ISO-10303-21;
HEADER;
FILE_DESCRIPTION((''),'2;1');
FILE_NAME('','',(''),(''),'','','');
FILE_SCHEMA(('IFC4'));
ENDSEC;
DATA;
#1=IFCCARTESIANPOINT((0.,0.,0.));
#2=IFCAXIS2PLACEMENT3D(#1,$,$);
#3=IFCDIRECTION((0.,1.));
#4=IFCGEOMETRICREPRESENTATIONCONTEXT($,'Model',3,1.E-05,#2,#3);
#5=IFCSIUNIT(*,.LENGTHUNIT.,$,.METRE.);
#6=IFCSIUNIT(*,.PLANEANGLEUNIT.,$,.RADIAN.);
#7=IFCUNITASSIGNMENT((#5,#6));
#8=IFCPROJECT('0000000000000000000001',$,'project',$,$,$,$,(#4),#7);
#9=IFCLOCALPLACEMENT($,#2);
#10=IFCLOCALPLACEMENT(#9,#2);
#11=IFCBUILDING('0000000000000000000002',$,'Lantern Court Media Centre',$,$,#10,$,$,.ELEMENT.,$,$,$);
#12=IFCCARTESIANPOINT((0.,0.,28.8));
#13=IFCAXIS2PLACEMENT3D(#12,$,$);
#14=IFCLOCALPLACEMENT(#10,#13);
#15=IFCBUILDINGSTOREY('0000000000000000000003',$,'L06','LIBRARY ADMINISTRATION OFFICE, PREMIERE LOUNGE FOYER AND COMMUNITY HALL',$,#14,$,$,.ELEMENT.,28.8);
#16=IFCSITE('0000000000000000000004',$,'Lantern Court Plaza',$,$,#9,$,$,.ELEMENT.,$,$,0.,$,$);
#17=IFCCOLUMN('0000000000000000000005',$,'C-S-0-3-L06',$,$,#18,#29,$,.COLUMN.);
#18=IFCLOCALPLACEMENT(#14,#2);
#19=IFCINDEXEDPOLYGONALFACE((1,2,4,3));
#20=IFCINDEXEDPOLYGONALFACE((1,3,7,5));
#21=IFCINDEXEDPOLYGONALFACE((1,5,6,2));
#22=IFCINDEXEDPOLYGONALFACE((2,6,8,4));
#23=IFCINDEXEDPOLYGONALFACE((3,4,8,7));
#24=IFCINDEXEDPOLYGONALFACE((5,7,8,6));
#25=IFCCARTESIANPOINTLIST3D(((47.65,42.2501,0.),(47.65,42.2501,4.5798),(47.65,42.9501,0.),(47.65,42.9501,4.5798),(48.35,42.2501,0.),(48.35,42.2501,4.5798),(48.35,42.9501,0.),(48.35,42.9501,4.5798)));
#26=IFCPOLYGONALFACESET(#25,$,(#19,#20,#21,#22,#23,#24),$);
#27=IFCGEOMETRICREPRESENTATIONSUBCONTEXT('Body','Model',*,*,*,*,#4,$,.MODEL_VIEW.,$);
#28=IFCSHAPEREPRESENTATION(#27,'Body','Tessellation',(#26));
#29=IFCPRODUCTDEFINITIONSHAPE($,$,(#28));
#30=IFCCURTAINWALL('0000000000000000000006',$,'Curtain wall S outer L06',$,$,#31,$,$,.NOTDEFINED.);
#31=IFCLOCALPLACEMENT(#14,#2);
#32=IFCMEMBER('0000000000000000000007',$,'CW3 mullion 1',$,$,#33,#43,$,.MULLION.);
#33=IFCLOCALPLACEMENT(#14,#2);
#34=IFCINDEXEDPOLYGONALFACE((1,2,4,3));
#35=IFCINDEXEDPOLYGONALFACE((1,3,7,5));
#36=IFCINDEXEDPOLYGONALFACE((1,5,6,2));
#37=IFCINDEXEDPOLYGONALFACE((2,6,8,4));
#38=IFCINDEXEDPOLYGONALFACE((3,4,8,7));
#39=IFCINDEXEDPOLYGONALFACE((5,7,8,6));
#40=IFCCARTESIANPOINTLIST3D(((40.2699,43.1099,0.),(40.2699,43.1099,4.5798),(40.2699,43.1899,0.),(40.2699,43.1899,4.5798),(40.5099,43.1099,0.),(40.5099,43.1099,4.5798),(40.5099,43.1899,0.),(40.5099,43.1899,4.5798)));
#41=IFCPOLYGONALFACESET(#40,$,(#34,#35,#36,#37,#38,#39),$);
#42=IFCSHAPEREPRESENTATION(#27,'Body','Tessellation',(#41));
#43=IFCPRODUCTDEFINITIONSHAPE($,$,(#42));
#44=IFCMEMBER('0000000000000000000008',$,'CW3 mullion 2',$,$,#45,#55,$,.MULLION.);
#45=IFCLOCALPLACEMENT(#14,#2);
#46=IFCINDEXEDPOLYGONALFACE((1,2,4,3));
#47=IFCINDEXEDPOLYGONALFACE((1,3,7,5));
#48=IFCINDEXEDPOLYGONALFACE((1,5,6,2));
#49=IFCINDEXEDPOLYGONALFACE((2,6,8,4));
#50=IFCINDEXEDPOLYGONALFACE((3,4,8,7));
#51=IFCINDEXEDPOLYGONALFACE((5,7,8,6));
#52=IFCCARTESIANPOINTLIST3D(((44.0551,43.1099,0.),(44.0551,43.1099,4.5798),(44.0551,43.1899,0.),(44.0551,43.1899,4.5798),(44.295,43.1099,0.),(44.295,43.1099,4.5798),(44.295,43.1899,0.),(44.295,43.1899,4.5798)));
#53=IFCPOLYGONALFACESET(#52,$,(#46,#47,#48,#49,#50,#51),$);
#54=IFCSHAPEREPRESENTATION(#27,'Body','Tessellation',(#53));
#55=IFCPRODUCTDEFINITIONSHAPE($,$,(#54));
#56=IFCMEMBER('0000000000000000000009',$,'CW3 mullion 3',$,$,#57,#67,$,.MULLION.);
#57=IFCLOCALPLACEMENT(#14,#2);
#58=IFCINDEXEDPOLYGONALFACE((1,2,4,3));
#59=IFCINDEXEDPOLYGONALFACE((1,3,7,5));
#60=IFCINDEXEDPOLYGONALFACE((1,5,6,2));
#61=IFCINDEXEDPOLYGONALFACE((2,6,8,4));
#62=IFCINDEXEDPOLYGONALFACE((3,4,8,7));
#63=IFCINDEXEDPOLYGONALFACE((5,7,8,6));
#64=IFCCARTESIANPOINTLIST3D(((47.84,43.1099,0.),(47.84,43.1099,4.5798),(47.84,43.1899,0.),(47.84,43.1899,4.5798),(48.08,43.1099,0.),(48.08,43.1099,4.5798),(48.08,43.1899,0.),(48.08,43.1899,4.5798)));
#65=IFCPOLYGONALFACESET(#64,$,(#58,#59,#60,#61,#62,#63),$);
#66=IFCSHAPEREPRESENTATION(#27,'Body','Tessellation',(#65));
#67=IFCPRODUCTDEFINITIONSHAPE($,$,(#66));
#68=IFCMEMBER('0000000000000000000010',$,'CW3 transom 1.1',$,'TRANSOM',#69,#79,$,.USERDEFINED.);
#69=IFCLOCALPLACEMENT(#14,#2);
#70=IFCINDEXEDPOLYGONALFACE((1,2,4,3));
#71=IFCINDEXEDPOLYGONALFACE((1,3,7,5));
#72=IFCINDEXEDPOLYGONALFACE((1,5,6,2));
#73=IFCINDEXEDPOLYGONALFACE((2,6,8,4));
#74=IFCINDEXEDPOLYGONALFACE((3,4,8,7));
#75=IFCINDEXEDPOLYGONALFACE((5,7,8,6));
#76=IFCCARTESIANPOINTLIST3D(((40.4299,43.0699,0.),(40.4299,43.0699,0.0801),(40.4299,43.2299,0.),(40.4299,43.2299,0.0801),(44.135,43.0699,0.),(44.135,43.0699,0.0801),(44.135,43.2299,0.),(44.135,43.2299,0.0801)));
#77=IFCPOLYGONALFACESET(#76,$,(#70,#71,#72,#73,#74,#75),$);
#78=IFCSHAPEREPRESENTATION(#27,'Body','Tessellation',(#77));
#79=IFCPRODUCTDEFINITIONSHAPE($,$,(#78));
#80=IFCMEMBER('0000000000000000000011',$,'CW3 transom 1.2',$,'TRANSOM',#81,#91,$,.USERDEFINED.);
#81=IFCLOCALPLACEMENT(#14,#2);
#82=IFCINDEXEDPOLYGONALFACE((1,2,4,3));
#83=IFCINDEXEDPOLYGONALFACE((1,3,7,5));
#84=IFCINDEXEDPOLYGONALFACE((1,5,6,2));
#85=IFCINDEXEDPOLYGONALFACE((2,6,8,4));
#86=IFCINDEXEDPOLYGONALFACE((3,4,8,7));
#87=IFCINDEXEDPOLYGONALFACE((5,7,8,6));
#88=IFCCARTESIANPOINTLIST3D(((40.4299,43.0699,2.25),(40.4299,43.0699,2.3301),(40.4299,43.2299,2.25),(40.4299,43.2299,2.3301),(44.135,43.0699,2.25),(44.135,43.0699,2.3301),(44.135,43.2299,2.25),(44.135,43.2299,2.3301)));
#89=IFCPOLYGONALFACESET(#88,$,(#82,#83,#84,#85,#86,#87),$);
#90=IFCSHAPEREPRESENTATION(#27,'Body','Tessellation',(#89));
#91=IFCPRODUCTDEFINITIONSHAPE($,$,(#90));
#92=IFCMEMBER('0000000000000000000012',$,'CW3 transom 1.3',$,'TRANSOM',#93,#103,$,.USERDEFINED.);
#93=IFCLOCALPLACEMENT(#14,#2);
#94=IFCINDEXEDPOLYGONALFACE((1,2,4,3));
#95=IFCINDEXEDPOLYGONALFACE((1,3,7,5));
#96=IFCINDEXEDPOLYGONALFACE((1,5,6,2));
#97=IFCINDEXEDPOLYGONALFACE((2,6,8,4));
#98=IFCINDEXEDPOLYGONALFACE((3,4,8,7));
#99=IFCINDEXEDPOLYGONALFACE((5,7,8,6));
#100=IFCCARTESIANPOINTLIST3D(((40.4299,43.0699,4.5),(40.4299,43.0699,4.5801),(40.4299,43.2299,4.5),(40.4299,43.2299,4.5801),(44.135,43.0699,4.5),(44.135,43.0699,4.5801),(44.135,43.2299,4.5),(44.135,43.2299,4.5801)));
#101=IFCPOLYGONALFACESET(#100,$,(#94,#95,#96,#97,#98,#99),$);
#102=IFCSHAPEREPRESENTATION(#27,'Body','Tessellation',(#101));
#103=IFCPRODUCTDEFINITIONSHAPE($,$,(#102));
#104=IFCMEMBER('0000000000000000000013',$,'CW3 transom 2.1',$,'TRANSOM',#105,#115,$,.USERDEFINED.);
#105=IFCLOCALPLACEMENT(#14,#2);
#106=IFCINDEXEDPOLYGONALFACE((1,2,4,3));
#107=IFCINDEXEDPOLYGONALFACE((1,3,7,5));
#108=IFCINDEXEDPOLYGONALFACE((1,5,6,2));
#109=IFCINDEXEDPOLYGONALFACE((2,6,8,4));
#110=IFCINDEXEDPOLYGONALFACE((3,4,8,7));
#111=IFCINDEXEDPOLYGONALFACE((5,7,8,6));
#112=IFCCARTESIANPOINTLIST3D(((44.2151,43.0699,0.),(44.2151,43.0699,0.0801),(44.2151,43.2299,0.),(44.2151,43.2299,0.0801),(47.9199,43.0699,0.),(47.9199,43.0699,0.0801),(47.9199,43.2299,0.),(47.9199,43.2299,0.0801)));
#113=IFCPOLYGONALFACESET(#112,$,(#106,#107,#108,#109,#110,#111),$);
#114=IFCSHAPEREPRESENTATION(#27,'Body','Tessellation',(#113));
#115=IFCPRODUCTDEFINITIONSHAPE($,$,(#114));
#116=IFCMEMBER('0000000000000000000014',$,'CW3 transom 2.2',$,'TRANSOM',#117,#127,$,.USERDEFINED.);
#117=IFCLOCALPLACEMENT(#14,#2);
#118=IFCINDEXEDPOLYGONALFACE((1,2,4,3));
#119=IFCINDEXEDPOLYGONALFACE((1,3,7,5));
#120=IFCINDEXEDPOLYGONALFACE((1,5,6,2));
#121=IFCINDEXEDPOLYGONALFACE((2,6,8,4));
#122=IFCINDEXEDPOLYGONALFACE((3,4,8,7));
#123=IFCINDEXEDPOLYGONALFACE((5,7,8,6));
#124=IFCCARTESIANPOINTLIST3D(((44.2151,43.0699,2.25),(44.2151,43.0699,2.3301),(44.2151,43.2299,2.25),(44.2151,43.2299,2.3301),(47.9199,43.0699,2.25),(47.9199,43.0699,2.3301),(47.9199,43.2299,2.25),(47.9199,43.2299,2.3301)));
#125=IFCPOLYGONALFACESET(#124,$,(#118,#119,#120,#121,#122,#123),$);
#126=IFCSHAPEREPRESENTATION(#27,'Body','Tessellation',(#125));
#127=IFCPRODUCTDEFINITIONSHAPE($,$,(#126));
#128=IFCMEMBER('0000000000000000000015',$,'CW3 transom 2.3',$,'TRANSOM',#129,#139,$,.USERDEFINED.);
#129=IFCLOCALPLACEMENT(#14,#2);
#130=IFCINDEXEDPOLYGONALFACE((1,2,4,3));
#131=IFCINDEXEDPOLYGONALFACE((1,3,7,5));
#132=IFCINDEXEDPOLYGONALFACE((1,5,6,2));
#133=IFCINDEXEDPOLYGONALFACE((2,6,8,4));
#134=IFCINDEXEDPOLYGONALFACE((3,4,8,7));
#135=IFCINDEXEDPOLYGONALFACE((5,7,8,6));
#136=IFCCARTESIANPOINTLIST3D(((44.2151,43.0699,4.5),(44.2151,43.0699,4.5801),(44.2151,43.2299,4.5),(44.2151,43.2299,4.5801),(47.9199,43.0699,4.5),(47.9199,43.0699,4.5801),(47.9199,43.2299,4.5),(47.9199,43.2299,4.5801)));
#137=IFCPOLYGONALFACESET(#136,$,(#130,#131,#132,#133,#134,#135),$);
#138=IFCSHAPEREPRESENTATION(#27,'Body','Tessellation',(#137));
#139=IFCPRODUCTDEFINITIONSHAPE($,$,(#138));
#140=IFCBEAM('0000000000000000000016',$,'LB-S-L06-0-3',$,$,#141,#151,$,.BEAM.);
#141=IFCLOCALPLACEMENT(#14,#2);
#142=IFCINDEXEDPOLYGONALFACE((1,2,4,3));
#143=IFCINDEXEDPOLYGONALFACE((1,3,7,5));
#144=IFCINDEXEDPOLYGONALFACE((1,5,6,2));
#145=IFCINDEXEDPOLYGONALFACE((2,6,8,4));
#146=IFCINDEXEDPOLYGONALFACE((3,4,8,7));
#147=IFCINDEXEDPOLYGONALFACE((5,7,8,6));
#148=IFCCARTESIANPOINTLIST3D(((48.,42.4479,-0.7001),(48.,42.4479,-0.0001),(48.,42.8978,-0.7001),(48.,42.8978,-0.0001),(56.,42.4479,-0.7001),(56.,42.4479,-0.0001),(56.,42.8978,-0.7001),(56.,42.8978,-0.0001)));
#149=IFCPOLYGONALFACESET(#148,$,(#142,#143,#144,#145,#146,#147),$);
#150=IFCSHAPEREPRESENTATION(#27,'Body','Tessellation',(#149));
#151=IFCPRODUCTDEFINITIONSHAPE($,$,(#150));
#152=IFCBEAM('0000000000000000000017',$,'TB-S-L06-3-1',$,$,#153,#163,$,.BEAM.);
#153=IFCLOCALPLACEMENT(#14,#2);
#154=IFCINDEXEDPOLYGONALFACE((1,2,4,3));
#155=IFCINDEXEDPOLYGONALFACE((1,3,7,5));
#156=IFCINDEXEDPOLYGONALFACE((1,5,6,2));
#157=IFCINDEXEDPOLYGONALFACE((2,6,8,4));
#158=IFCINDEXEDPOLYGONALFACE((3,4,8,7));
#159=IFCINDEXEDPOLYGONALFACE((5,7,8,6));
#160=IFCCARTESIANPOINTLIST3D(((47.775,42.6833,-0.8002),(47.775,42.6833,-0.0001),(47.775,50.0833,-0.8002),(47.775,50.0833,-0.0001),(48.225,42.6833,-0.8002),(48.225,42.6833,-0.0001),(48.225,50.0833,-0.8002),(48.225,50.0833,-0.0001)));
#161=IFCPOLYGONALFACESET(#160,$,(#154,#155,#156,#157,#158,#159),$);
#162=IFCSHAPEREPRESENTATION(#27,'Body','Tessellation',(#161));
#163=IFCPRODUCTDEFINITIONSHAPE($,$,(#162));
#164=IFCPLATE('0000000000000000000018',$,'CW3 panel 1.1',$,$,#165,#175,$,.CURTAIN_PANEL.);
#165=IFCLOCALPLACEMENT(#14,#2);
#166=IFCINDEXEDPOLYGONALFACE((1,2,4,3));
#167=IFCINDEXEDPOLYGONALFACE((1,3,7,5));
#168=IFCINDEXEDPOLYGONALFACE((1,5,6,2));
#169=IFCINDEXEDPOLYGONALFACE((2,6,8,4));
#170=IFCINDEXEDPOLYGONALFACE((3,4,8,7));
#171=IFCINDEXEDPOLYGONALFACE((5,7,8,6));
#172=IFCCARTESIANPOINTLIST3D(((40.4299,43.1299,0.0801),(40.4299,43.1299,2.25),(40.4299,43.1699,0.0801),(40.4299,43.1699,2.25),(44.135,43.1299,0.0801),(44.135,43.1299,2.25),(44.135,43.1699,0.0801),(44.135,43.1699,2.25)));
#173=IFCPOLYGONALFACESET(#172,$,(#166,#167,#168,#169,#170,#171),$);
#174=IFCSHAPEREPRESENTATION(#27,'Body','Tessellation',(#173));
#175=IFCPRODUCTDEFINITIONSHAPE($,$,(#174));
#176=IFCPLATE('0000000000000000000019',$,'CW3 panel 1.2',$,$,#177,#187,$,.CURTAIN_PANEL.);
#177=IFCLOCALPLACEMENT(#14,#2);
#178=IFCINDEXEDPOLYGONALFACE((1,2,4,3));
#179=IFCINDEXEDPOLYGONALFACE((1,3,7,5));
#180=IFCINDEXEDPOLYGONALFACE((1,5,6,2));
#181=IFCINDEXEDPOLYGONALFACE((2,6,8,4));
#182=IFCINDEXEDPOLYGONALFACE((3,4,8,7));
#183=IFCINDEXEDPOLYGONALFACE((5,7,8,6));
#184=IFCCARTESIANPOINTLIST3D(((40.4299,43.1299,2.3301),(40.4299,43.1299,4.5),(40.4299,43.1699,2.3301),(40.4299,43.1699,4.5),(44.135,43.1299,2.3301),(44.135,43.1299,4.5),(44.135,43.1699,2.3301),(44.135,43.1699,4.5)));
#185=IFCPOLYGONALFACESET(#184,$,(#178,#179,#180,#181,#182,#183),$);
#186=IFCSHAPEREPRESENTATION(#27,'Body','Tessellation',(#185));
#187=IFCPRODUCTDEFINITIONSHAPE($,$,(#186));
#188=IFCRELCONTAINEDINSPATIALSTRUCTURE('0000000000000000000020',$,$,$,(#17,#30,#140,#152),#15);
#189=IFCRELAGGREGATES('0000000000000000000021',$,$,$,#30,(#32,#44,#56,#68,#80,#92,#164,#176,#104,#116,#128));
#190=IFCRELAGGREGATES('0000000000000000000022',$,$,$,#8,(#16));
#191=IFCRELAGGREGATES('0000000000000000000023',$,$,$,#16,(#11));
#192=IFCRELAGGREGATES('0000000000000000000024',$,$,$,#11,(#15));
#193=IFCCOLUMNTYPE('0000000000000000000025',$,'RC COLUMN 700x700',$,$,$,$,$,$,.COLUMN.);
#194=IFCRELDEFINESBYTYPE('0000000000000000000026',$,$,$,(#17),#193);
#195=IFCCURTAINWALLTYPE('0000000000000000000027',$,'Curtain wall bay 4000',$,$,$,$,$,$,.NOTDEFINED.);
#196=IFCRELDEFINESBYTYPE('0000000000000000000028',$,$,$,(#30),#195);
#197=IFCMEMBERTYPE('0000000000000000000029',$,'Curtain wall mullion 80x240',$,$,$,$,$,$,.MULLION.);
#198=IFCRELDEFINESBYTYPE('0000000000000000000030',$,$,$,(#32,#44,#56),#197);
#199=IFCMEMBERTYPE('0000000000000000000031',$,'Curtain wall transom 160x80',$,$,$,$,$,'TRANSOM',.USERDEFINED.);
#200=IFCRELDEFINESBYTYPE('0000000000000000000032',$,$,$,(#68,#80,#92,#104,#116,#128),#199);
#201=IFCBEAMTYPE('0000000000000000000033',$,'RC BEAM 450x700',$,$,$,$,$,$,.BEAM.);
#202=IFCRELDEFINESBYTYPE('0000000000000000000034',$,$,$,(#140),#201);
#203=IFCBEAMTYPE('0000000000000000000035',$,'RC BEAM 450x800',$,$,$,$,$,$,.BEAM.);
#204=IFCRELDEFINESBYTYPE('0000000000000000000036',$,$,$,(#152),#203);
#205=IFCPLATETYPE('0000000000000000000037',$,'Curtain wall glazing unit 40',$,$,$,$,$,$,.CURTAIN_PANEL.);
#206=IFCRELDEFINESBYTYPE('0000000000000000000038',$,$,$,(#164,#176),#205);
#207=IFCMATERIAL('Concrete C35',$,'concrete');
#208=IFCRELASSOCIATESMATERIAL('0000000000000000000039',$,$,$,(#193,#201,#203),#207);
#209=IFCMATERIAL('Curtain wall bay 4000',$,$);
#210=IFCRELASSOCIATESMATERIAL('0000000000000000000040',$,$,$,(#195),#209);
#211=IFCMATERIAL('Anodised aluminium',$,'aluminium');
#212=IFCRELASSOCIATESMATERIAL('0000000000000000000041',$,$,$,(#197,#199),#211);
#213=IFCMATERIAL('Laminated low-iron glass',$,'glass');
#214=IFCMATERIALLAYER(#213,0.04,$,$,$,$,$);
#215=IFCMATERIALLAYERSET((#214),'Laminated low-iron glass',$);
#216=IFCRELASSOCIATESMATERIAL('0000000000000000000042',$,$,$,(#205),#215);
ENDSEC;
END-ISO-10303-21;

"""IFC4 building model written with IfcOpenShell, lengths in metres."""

from ifc_helpers import new_model, si_unit, direction, frame, origin, origin_2d, place, context, subcontext, project, spatial, rectangle, extrude, material, layer, layer_set, material_profile, profile_set, type_object, element, aggregate, save


model = new_model("IFC4")

# Units and contexts
model_context = context("Model", 3, precision=1e-05, world=origin(), true_north=direction((0.0, 1.0)))
body_context = subcontext(model_context, "Body", "Model", "MODEL_VIEW")
ifc_project = project(units=[si_unit("LENGTHUNIT", "METRE"), si_unit("PLANEANGLEUNIT", "RADIAN")], contexts=[model_context])

# Site, building, storey
site_placement = place(None, origin())
site = spatial("IfcSite", under=ifc_project, at=site_placement, Name="Lantern Court Plaza", CompositionType="ELEMENT", RefElevation=0.0)
building_placement = place(site_placement, origin())
building = spatial("IfcBuilding", under=site, at=building_placement, Name="Lantern Court Media Centre", CompositionType="ELEMENT")
storey_placement = place(building_placement, frame((0.0, 0.0, 28.8)))
storey = spatial("IfcBuildingStorey", under=building, at=storey_placement, Name="L06", Description="LIBRARY ADMINISTRATION OFFICE, PREMIERE LOUNGE FOYER AND COMMUNITY HALL", CompositionType="ELEMENT", Elevation=28.8)

# Column
ifc_material_1 = material(Name="Concrete C35", Category="concrete")
ifc_material_profile_1 = material_profile(ifc_material_1, rectangle(XDim=0.7, YDim=0.7, at=origin_2d()), Name="RC 700x700")
ifc_profile_set_1 = profile_set([ifc_material_profile_1], Name="Concrete C35")
column_type = type_object("IfcColumnType", Name="RC COLUMN 700x700", PredefinedType="COLUMN", material=ifc_profile_set_1)
column_placement = place(storey_placement, frame((48.0, 42.6001, 0.0), z_axis=(0.0, 0.0, 1.0), x_axis=(1.0, 0.0, 0.0)))
element("IfcColumn", 1, at=column_placement, inside=storey, type_object=column_type, Name="C-S-0-3-L06", PredefinedType="COLUMN", context=body_context, shape_type="SweptSolid", body=[
    extrude(rectangle(XDim=0.7, YDim=0.7, at=origin_2d()), origin(), (0.0, 0.0, 1.0), 4.5798),
])

# Curtain wall, members
ifc_material_2 = material(Name="Curtain wall bay 4000")
curtain_wall_type = type_object("IfcCurtainWallType", Name="Curtain wall bay 4000", PredefinedType="NOTDEFINED", material=ifc_material_2)
curtain_wall_placement = place(storey_placement, origin())
curtain_wall = element("IfcCurtainWall", 2, at=curtain_wall_placement, inside=storey, type_object=curtain_wall_type, Name="Curtain wall S outer L06", PredefinedType="NOTDEFINED")
ifc_material_3 = material(Name="Anodised aluminium", Category="aluminium")
ifc_material_profile_2 = material_profile(ifc_material_3, rectangle(XDim=0.0801, YDim=0.24, at=origin_2d()), Name="AL 80x240")
ifc_profile_set_2 = profile_set([ifc_material_profile_2], Name="Anodised aluminium")
member_type_1 = type_object("IfcMemberType", Name="Curtain wall mullion 80x240", PredefinedType="MULLION", material=ifc_profile_set_2)
member_1_placement = place(storey_placement, frame((40.3899, 43.1499, 0.0), z_axis=(0.0, 0.0, 1.0), x_axis=(0.0, 1.0, 0.0)))
member_1 = element("IfcMember", 3, at=member_1_placement, type_object=member_type_1, Name="CW3 mullion 1", PredefinedType="MULLION", context=body_context, shape_type="SweptSolid", body=[
    extrude(rectangle(XDim=0.0801, YDim=0.24, at=origin_2d()), origin(), (0.0, 0.0, 1.0), 4.5798),
])
member_2_placement = place(storey_placement, frame((44.175, 43.1499, 0.0), z_axis=(0.0, 0.0, 1.0), x_axis=(0.0, 1.0, 0.0)))
member_2 = element("IfcMember", 4, at=member_2_placement, type_object=member_type_1, Name="CW3 mullion 2", PredefinedType="MULLION", context=body_context, shape_type="SweptSolid", body=[
    extrude(rectangle(XDim=0.0801, YDim=0.24, at=origin_2d()), origin(), (0.0, 0.0, 1.0), 4.5798),
])
member_3_placement = place(storey_placement, frame((47.96, 43.1499, 0.0), z_axis=(0.0, 0.0, 1.0), x_axis=(0.0, 1.0, 0.0)))
member_3 = element("IfcMember", 5, at=member_3_placement, type_object=member_type_1, Name="CW3 mullion 3", PredefinedType="MULLION", context=body_context, shape_type="SweptSolid", body=[
    extrude(rectangle(XDim=0.0801, YDim=0.24, at=origin_2d()), origin(), (0.0, 0.0, 1.0), 4.5798),
])
ifc_material_profile_3 = material_profile(ifc_material_3, rectangle(XDim=0.1599, YDim=0.0801, at=origin_2d()), Name="AL 80x160")
ifc_profile_set_3 = profile_set([ifc_material_profile_3], Name="Anodised aluminium")
member_type_2 = type_object("IfcMemberType", Name="Curtain wall transom 160x80", ElementType="TRANSOM", PredefinedType="USERDEFINED", material=ifc_profile_set_3)
member_4_placement = place(storey_placement, frame((40.4299, 43.1499, 0.04), z_axis=(1.0, 0.0, 0.0), x_axis=(0.0, 1.0, 0.0)))
member_4 = element("IfcMember", 6, at=member_4_placement, type_object=member_type_2, Name="CW3 transom 1.1", ObjectType="TRANSOM", PredefinedType="USERDEFINED", context=body_context, shape_type="SweptSolid", body=[
    extrude(rectangle(XDim=0.1599, YDim=0.0801, at=origin_2d()), origin(), (0.0, 0.0, 1.0), 3.7051),
])
member_5_placement = place(storey_placement, frame((40.4299, 43.1499, 2.29), z_axis=(1.0, 0.0, 0.0), x_axis=(0.0, 1.0, 0.0)))
member_5 = element("IfcMember", 7, at=member_5_placement, type_object=member_type_2, Name="CW3 transom 1.2", ObjectType="TRANSOM", PredefinedType="USERDEFINED", context=body_context, shape_type="SweptSolid", body=[
    extrude(rectangle(XDim=0.1599, YDim=0.0801, at=origin_2d()), origin(), (0.0, 0.0, 1.0), 3.7051),
])
member_6_placement = place(storey_placement, frame((40.4299, 43.1499, 4.54), z_axis=(1.0, 0.0, 0.0), x_axis=(0.0, 1.0, 0.0)))
member_6 = element("IfcMember", 8, at=member_6_placement, type_object=member_type_2, Name="CW3 transom 1.3", ObjectType="TRANSOM", PredefinedType="USERDEFINED", context=body_context, shape_type="SweptSolid", body=[
    extrude(rectangle(XDim=0.1599, YDim=0.0801, at=origin_2d()), origin(), (0.0, 0.0, 1.0), 3.7051),
])
member_7_placement = place(storey_placement, frame((44.2151, 43.1499, 0.04), z_axis=(1.0, 0.0, 0.0), x_axis=(0.0, 1.0, 0.0)))
member_7 = element("IfcMember", 9, at=member_7_placement, type_object=member_type_2, Name="CW3 transom 2.1", ObjectType="TRANSOM", PredefinedType="USERDEFINED", context=body_context, shape_type="SweptSolid", body=[
    extrude(rectangle(XDim=0.1599, YDim=0.0801, at=origin_2d()), origin(), (0.0, 0.0, 1.0), 3.7048),
])
member_8_placement = place(storey_placement, frame((44.2151, 43.1499, 2.29), z_axis=(1.0, 0.0, 0.0), x_axis=(0.0, 1.0, 0.0)))
member_8 = element("IfcMember", 10, at=member_8_placement, type_object=member_type_2, Name="CW3 transom 2.2", ObjectType="TRANSOM", PredefinedType="USERDEFINED", context=body_context, shape_type="SweptSolid", body=[
    extrude(rectangle(XDim=0.1599, YDim=0.0801, at=origin_2d()), origin(), (0.0, 0.0, 1.0), 3.7048),
])
member_9_placement = place(storey_placement, frame((44.2151, 43.1499, 4.54), z_axis=(1.0, 0.0, 0.0), x_axis=(0.0, 1.0, 0.0)))
member_9 = element("IfcMember", 11, at=member_9_placement, type_object=member_type_2, Name="CW3 transom 2.3", ObjectType="TRANSOM", PredefinedType="USERDEFINED", context=body_context, shape_type="SweptSolid", body=[
    extrude(rectangle(XDim=0.1599, YDim=0.0801, at=origin_2d()), origin(), (0.0, 0.0, 1.0), 3.7048),
])

# Beams
ifc_material_profile_4 = material_profile(ifc_material_1, rectangle(XDim=0.45, YDim=0.7, at=origin_2d()), Name="RC 450x700")
ifc_profile_set_4 = profile_set([ifc_material_profile_4], Name="Concrete C35")
beam_type_1 = type_object("IfcBeamType", Name="RC BEAM 450x700", PredefinedType="BEAM", material=ifc_profile_set_4)
beam_1_placement = place(storey_placement, frame((48.0, 42.6729, -0.3501), z_axis=(1.0, 0.0, 0.0), x_axis=(0.0, 1.0, 0.0)))
element("IfcBeam", 12, at=beam_1_placement, inside=storey, type_object=beam_type_1, Name="LB-S-L06-0-3", PredefinedType="BEAM", context=body_context, shape_type="SweptSolid", body=[
    extrude(rectangle(XDim=0.45, YDim=0.7, at=origin_2d()), origin(), (0.0, 0.0, 1.0), 8.0),
])
ifc_material_profile_5 = material_profile(ifc_material_1, rectangle(XDim=0.45, YDim=0.8, at=origin_2d()), Name="RC 450x800")
ifc_profile_set_5 = profile_set([ifc_material_profile_5], Name="Concrete C35")
beam_type_2 = type_object("IfcBeamType", Name="RC BEAM 450x800", PredefinedType="BEAM", material=ifc_profile_set_5)
beam_2_placement = place(storey_placement, frame((48.0, 42.6833, -0.4001), z_axis=(0.0, 1.0, 0.0), x_axis=(-1.0, 0.0, 0.0)))
element("IfcBeam", 13, at=beam_2_placement, inside=storey, type_object=beam_type_2, Name="TB-S-L06-3-1", PredefinedType="BEAM", context=body_context, shape_type="SweptSolid", body=[
    extrude(rectangle(XDim=0.45, YDim=0.8, at=origin_2d()), origin(), (0.0, 0.0, 1.0), 7.3999),
])

# Plates
ifc_material_4 = material(Name="Laminated low-iron glass", Category="glass")
ifc_layer_1 = layer(ifc_material_4, 0.04)
ifc_layer_set_1 = layer_set([ifc_layer_1], Name="Laminated low-iron glass")
plate_type = type_object("IfcPlateType", Name="Curtain wall glazing unit 40", PredefinedType="CURTAIN_PANEL", material=ifc_layer_set_1)
plate_1_placement = place(storey_placement, frame((42.2825, 43.1499, 0.0801), z_axis=(0.0, 0.0, 1.0), x_axis=(1.0, 0.0, 0.0)))
plate_1 = element("IfcPlate", 14, at=plate_1_placement, type_object=plate_type, Name="CW3 panel 1.1", PredefinedType="CURTAIN_PANEL", context=body_context, shape_type="SweptSolid", body=[
    extrude(rectangle(XDim=3.7051, YDim=0.04, at=origin_2d()), origin(), (0.0, 0.0, 1.0), 2.1699),
])
plate_2_placement = place(storey_placement, frame((42.2825, 43.1499, 2.3301), z_axis=(0.0, 0.0, 1.0), x_axis=(1.0, 0.0, 0.0)))
plate_2 = element("IfcPlate", 15, at=plate_2_placement, type_object=plate_type, Name="CW3 panel 1.2", PredefinedType="CURTAIN_PANEL", context=body_context, shape_type="SweptSolid", body=[
    extrude(rectangle(XDim=3.7051, YDim=0.04, at=origin_2d()), origin(), (0.0, 0.0, 1.0), 2.1699),
])
aggregate(curtain_wall, [member_1, member_2, member_3, member_4, member_5, member_6, plate_1, plate_2, member_7, member_8, member_9])

save(model, "model.ifc")
